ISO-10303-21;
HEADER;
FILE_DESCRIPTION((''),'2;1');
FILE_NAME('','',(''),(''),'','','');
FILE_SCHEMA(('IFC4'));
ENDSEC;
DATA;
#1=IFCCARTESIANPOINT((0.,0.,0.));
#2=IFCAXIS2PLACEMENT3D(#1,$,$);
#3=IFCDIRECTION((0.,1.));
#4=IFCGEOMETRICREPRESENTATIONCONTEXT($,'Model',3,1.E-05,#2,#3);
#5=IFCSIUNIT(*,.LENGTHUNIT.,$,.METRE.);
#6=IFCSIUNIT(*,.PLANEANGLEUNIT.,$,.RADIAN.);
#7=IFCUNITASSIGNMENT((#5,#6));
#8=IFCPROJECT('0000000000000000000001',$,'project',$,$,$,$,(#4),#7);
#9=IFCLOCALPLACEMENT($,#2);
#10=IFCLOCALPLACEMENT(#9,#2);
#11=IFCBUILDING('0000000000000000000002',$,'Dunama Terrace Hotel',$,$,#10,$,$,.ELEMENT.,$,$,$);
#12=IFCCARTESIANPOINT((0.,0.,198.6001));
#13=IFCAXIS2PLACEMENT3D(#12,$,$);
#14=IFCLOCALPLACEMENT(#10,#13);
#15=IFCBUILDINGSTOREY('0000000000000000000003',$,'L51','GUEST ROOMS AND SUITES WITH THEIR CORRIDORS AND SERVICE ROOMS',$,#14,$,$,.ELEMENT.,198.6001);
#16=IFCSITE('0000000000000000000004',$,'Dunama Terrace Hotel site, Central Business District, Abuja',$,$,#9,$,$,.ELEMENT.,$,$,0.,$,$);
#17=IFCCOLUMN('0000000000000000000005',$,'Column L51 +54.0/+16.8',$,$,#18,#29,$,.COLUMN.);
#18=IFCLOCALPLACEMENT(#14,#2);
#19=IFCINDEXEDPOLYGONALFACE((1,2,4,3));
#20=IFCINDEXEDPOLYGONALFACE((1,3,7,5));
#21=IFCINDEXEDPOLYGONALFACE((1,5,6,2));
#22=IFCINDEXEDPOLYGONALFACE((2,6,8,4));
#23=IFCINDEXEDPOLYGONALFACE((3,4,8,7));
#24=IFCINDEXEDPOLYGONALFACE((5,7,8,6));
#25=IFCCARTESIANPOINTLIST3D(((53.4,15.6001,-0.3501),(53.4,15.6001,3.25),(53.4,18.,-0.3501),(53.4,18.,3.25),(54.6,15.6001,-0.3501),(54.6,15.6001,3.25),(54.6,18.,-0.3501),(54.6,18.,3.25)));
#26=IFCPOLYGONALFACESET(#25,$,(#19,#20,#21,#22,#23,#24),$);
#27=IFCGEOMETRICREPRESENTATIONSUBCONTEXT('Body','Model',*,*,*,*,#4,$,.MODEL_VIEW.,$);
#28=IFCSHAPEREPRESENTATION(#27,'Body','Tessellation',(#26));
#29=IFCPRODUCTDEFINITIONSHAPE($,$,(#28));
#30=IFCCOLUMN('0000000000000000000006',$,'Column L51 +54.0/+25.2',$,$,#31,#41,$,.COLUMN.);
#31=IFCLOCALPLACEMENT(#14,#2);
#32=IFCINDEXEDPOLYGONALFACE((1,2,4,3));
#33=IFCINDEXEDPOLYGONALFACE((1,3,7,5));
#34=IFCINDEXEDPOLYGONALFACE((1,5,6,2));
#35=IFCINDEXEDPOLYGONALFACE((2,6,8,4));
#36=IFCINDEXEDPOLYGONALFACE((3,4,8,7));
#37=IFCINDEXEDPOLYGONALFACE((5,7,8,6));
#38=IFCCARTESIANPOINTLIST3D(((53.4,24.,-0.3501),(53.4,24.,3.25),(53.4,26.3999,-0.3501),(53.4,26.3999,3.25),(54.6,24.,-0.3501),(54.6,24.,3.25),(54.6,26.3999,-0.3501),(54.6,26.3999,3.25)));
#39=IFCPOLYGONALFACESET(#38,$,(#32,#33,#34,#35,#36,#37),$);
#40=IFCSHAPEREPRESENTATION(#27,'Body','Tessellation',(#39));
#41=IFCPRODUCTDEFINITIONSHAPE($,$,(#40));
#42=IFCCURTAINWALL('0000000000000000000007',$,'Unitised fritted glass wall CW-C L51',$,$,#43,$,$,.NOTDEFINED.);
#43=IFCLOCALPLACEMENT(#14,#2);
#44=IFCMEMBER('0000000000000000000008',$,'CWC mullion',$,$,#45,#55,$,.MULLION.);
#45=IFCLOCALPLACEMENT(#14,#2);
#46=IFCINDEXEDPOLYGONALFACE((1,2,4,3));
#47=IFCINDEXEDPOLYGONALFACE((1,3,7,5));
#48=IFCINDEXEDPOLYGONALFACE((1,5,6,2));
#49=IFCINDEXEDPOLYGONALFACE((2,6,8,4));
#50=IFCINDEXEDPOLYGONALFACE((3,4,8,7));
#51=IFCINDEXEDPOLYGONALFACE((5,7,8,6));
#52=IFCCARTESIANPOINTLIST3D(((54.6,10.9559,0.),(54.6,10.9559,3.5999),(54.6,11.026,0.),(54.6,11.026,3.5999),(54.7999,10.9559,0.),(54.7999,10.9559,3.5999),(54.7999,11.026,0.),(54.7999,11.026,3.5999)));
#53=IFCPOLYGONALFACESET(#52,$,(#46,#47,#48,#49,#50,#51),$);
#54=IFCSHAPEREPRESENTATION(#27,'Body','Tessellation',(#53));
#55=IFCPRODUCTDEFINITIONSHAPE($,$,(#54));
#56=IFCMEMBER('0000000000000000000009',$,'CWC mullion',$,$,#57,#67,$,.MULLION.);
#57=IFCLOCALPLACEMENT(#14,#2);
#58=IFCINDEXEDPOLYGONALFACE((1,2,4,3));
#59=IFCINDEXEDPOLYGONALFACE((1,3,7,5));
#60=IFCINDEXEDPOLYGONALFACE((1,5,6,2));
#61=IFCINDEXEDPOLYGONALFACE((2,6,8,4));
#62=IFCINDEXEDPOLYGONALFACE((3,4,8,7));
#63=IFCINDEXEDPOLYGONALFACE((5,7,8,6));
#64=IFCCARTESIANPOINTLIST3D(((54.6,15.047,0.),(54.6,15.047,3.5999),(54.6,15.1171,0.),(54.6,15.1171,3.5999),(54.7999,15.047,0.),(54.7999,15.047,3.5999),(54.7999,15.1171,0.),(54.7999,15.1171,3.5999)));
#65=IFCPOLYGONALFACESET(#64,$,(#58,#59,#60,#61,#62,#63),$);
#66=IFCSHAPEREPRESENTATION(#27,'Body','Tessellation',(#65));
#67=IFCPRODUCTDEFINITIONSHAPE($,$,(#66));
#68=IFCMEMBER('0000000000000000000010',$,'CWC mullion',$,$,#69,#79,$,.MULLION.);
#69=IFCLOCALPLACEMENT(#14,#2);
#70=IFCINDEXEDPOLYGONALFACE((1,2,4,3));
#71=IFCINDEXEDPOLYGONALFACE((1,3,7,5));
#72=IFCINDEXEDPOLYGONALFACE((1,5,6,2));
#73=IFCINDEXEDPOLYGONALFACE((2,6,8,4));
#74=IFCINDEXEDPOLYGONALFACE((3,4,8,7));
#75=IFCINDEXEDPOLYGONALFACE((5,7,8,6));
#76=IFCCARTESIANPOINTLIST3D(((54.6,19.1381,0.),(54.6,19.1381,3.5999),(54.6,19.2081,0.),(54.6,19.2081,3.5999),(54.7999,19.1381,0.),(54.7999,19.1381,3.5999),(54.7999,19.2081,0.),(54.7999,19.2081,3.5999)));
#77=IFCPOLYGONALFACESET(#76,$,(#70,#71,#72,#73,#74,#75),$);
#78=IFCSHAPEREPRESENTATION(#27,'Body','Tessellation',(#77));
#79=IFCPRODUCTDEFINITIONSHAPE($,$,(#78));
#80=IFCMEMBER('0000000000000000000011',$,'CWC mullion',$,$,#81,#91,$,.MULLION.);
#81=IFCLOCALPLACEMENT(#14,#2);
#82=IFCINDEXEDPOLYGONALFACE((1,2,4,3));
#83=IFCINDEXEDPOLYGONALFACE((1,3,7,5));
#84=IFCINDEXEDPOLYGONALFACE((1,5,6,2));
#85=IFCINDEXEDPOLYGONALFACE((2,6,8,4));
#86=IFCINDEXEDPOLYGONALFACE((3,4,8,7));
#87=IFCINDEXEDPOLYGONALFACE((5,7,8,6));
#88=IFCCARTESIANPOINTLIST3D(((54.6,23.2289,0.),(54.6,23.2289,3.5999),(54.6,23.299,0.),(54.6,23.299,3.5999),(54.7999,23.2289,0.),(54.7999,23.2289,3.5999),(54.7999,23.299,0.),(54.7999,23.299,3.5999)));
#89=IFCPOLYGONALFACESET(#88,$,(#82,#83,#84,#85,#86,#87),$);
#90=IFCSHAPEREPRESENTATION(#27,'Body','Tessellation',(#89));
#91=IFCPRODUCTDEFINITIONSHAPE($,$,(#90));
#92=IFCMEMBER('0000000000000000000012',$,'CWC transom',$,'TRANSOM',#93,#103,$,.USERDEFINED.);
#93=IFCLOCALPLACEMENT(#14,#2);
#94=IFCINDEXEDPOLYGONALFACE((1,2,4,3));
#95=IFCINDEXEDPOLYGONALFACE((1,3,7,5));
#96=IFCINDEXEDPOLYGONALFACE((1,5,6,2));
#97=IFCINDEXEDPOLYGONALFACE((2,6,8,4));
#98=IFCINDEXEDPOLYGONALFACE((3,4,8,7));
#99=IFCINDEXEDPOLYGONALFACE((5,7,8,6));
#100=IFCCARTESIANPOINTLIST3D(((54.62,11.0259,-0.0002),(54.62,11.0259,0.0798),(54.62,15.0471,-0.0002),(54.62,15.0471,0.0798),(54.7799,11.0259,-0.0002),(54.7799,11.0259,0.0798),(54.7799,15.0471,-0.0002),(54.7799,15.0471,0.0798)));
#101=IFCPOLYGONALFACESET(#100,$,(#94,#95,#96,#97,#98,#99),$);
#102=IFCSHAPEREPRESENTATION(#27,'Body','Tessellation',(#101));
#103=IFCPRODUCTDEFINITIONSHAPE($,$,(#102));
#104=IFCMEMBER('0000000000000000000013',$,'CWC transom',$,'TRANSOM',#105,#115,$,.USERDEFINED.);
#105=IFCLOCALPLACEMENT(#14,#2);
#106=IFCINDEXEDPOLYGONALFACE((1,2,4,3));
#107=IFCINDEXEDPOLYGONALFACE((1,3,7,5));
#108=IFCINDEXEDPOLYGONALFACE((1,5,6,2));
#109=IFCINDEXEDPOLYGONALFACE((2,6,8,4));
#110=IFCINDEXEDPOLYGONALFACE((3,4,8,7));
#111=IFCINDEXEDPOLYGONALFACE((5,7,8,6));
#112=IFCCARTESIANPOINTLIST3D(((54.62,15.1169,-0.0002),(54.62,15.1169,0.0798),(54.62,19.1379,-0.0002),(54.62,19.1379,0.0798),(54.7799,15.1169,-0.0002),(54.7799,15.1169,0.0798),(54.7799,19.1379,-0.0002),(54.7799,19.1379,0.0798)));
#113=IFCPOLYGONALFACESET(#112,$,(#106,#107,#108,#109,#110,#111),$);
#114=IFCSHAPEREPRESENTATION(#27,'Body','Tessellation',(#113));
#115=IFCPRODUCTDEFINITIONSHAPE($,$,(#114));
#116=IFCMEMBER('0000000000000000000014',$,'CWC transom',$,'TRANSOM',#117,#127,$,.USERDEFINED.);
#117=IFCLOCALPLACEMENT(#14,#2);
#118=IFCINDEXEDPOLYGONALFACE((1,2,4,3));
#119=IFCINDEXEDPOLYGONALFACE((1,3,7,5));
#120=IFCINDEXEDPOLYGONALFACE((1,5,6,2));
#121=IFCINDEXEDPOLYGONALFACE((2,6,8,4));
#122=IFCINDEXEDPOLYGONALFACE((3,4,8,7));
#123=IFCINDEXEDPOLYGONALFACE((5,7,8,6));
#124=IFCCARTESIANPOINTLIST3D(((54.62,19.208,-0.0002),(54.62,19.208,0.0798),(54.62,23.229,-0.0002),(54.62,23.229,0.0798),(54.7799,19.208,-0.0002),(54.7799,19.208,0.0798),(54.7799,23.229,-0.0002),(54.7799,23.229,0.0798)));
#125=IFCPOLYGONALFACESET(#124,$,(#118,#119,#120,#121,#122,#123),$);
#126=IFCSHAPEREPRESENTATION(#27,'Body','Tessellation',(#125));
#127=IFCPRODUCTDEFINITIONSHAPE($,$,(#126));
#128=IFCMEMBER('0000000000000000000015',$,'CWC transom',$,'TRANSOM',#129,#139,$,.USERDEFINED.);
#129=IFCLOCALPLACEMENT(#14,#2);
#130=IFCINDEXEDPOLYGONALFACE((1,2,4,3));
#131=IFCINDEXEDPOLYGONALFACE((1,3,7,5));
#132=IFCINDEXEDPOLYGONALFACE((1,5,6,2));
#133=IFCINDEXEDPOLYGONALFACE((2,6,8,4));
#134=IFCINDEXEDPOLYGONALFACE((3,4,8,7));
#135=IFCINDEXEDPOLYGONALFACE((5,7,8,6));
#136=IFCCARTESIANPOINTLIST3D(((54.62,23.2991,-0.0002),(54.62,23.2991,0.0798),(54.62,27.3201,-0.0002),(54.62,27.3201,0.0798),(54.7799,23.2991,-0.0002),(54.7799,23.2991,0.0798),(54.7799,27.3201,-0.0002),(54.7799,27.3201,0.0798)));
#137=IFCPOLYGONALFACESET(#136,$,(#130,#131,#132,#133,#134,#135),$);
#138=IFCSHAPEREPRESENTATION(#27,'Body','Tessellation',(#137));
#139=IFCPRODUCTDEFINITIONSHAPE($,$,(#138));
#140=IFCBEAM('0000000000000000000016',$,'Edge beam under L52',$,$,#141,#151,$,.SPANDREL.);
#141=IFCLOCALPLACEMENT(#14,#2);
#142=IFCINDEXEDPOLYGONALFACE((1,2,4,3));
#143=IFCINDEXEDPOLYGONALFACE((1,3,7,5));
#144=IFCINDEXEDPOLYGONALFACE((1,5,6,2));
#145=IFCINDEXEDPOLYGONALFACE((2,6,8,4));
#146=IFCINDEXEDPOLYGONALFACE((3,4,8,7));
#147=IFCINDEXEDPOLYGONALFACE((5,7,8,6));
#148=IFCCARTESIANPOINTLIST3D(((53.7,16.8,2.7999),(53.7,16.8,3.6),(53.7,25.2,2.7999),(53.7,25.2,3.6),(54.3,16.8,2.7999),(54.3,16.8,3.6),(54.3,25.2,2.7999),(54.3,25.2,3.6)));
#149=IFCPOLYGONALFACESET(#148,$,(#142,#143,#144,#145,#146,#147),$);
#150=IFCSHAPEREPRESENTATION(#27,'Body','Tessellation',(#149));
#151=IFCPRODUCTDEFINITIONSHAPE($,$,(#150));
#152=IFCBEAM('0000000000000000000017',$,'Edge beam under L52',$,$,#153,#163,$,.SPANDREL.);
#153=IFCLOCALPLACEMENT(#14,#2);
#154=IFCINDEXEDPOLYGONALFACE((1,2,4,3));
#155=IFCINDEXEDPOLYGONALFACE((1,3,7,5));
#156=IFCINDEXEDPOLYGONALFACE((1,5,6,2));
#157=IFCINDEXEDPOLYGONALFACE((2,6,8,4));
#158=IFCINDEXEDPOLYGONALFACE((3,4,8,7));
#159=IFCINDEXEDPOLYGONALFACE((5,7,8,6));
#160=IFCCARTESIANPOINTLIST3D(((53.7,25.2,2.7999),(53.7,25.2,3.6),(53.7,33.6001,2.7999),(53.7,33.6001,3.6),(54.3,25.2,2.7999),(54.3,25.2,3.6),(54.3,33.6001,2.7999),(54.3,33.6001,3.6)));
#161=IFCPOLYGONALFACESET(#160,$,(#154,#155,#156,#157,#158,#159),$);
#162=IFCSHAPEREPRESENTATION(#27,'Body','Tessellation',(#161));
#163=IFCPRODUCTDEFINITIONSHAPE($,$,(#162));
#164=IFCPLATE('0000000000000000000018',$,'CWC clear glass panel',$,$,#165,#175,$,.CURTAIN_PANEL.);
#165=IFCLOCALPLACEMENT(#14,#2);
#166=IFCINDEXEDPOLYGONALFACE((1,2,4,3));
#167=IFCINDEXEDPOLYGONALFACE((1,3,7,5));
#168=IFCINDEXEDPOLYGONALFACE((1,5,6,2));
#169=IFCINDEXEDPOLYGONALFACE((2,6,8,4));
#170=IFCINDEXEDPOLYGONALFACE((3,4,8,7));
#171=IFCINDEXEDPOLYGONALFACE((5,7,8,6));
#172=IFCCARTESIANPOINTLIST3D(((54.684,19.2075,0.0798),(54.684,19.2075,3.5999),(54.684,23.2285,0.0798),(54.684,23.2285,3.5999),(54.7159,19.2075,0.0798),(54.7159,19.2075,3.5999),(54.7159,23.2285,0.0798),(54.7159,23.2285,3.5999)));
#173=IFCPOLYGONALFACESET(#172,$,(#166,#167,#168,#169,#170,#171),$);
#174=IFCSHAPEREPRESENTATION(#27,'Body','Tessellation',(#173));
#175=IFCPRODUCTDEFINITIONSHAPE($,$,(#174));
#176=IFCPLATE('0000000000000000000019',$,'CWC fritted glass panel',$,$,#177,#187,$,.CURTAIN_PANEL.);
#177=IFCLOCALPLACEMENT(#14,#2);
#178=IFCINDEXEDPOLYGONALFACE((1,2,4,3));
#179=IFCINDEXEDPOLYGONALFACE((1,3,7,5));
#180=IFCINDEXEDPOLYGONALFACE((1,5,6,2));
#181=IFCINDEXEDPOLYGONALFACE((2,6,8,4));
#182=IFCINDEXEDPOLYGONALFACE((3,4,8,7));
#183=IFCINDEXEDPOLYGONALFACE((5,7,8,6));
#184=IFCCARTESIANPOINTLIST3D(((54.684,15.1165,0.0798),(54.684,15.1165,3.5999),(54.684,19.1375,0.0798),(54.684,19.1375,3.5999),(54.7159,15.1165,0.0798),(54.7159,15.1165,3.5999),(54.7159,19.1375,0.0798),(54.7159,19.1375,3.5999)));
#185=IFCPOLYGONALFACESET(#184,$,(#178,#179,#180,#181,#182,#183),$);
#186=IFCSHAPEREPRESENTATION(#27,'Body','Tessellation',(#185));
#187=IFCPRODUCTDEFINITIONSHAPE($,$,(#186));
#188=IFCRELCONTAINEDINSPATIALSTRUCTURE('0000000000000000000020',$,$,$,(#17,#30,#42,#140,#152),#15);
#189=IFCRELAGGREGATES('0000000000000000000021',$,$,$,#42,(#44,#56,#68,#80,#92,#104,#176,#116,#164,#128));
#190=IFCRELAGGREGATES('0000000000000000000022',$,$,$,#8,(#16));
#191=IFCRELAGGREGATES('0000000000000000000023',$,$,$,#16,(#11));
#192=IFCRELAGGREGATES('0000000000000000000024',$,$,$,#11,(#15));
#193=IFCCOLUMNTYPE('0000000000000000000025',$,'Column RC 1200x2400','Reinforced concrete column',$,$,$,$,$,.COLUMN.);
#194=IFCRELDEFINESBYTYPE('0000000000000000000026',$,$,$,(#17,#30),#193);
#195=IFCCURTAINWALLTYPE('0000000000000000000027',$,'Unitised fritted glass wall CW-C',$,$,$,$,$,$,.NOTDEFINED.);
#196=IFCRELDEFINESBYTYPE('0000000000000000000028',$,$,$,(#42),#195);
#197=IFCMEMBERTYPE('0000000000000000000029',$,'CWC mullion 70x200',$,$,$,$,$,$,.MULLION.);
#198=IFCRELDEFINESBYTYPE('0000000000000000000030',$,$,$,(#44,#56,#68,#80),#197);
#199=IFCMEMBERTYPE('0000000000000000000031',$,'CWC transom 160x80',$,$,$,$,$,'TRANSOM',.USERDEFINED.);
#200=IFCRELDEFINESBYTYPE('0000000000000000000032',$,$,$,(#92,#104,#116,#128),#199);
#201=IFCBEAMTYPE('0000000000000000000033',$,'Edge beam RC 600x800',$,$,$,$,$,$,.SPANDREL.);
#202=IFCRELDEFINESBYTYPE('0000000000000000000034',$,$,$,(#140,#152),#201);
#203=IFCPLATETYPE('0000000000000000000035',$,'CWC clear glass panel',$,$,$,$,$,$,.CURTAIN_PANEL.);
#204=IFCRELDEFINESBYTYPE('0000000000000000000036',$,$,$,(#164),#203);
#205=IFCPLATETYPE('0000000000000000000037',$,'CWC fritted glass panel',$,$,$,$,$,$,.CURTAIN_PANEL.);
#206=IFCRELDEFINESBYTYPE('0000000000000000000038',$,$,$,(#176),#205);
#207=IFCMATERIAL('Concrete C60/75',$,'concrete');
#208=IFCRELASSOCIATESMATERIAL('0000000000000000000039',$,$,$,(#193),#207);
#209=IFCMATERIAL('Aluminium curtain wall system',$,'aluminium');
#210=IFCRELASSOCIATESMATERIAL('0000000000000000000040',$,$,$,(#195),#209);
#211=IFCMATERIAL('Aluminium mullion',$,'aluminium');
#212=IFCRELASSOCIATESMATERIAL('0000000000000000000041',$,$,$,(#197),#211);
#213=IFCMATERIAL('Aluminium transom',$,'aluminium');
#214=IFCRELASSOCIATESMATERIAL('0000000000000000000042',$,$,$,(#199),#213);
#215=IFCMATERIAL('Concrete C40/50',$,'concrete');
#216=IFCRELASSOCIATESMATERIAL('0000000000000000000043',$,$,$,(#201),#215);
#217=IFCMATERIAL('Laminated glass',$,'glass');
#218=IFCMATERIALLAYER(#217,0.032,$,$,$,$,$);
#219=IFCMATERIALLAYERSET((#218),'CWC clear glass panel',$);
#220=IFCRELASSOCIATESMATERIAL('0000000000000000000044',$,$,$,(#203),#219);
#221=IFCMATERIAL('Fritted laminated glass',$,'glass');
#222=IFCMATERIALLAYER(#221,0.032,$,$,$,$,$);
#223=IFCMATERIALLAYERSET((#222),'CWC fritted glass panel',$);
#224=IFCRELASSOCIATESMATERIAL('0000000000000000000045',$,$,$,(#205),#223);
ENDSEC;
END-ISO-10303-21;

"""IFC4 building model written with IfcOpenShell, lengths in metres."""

from ifc_helpers import new_model, si_unit, direction, frame, origin, origin_2d, place, context, subcontext, project, spatial, rectangle, extrude, material, layer, layer_set, material_profile, profile_set, type_object, element, aggregate, save


model = new_model("IFC4")

# Units and contexts
model_context = context("Model", 3, precision=1e-05, world=origin(), true_north=direction((0.0, 1.0)))
body_context = subcontext(model_context, "Body", "Model", "MODEL_VIEW")
ifc_project = project(units=[si_unit("LENGTHUNIT", "METRE"), si_unit("PLANEANGLEUNIT", "RADIAN")], contexts=[model_context])

# Site, building, storey
site_placement = place(None, origin())
site = spatial("IfcSite", under=ifc_project, at=site_placement, Name="Dunama Terrace Hotel site, Central Business District, Abuja", CompositionType="ELEMENT", RefElevation=0.0)
building_placement = place(site_placement, origin())
building = spatial("IfcBuilding", under=site, at=building_placement, Name="Dunama Terrace Hotel", CompositionType="ELEMENT")
storey_placement = place(building_placement, frame((0.0, 0.0, 198.6001)))
storey = spatial("IfcBuildingStorey", under=building, at=storey_placement, Name="L51", Description="GUEST ROOMS AND SUITES WITH THEIR CORRIDORS AND SERVICE ROOMS", CompositionType="ELEMENT", Elevation=198.6001)

# Columns
ifc_material_1 = material(Name="Concrete C60/75", Category="concrete")
ifc_material_profile_1 = material_profile(ifc_material_1, rectangle(XDim=1.2, YDim=2.3999, at=origin_2d()), Name="RC 1200x2400")
ifc_profile_set_1 = profile_set([ifc_material_profile_1], Name="Concrete C60/75")
column_type = type_object("IfcColumnType", Name="Column RC 1200x2400", Description="Reinforced concrete column", PredefinedType="COLUMN", material=ifc_profile_set_1)
for number, where, z_axis, x_axis, name in (
    (1, (54.0, 16.8, -0.3501), (0.0, 0.0, 1.0), (1.0, 0.0, 0.0), "Column L51 +54.0/+16.8"),
    (2, (54.0, 25.2, -0.3501), (0.0, 0.0, 1.0), (1.0, 0.0, 0.0), "Column L51 +54.0/+25.2"),
):
    element("IfcColumn", number, at=place(storey_placement, frame(where, z_axis=z_axis, x_axis=x_axis)), inside=storey, type_object=column_type, Name=name, PredefinedType="COLUMN", context=body_context, shape_type="SweptSolid", body=[
        extrude(rectangle(XDim=1.2, YDim=2.3999, at=origin_2d()), origin(), (0.0, 0.0, 1.0), 3.6001),
    ])

# Curtain wall, members
ifc_material_2 = material(Name="Aluminium curtain wall system", Category="aluminium")
curtain_wall_type = type_object("IfcCurtainWallType", Name="Unitised fritted glass wall CW-C", PredefinedType="NOTDEFINED", material=ifc_material_2)
curtain_wall_placement = place(storey_placement, origin())
curtain_wall = element("IfcCurtainWall", 3, at=curtain_wall_placement, inside=storey, type_object=curtain_wall_type, Name="Unitised fritted glass wall CW-C L51", PredefinedType="NOTDEFINED")
ifc_material_3 = material(Name="Aluminium mullion", Category="aluminium")
ifc_material_profile_2 = material_profile(ifc_material_3, rectangle(XDim=0.0701, YDim=0.2, at=origin_2d()), Name="CWC MULLION 70X200")
ifc_profile_set_2 = profile_set([ifc_material_profile_2], Name="Aluminium mullion")
member_type_1 = type_object("IfcMemberType", Name="CWC mullion 70x200", PredefinedType="MULLION", material=ifc_profile_set_2)
member_1_placement = place(storey_placement, frame((54.7, 10.991, 0.0), z_axis=(0.0, 0.0, 1.0), x_axis=(0.0, 1.0, 0.0)))
member_1 = element("IfcMember", 4, at=member_1_placement, type_object=member_type_1, Name="CWC mullion", PredefinedType="MULLION", context=body_context, shape_type="SweptSolid", body=[
    extrude(rectangle(XDim=0.0701, YDim=0.2, at=origin_2d()), origin(), (0.0, 0.0, 1.0), 3.5999),
])
member_2_placement = place(storey_placement, frame((54.7, 15.082, 0.0), z_axis=(0.0, 0.0, 1.0), x_axis=(0.0, 1.0, 0.0)))
member_2 = element("IfcMember", 5, at=member_2_placement, type_object=member_type_1, Name="CWC mullion", PredefinedType="MULLION", context=body_context, shape_type="SweptSolid", body=[
    extrude(rectangle(XDim=0.0701, YDim=0.2, at=origin_2d()), origin(), (0.0, 0.0, 1.0), 3.5999),
])
member_3_placement = place(storey_placement, frame((54.7, 19.1731, 0.0), z_axis=(0.0, 0.0, 1.0), x_axis=(0.0, 1.0, 0.0)))
member_3 = element("IfcMember", 6, at=member_3_placement, type_object=member_type_1, Name="CWC mullion", PredefinedType="MULLION", context=body_context, shape_type="SweptSolid", body=[
    extrude(rectangle(XDim=0.0701, YDim=0.2, at=origin_2d()), origin(), (0.0, 0.0, 1.0), 3.5999),
])
member_4_placement = place(storey_placement, frame((54.7, 23.2639, 0.0), z_axis=(0.0, 0.0, 1.0), x_axis=(0.0, 1.0, 0.0)))
member_4 = element("IfcMember", 7, at=member_4_placement, type_object=member_type_1, Name="CWC mullion", PredefinedType="MULLION", context=body_context, shape_type="SweptSolid", body=[
    extrude(rectangle(XDim=0.0701, YDim=0.2, at=origin_2d()), origin(), (0.0, 0.0, 1.0), 3.5999),
])
ifc_material_4 = material(Name="Aluminium transom", Category="aluminium")
ifc_material_profile_3 = material_profile(ifc_material_4, rectangle(XDim=0.1599, YDim=0.0801, at=origin_2d()), Name="CWC TRANSOM 160X80")
ifc_profile_set_3 = profile_set([ifc_material_profile_3], Name="Aluminium transom")
member_type_2 = type_object("IfcMemberType", Name="CWC transom 160x80", ElementType="TRANSOM", PredefinedType="USERDEFINED", material=ifc_profile_set_3)
member_5_placement = place(storey_placement, frame((54.7, 11.0259, 0.0398), z_axis=(0.0, 1.0, 0.0), x_axis=(-1.0, 0.0, 0.0)))
member_5 = element("IfcMember", 8, at=member_5_placement, type_object=member_type_2, Name="CWC transom", ObjectType="TRANSOM", PredefinedType="USERDEFINED", context=body_context, shape_type="SweptSolid", body=[
    extrude(rectangle(XDim=0.1599, YDim=0.0801, at=origin_2d()), origin(), (0.0, 0.0, 1.0), 4.0212),
])
member_6_placement = place(storey_placement, frame((54.7, 15.1169, 0.0398), z_axis=(0.0, 1.0, 0.0), x_axis=(-1.0, 0.0, 0.0)))
member_6 = element("IfcMember", 9, at=member_6_placement, type_object=member_type_2, Name="CWC transom", ObjectType="TRANSOM", PredefinedType="USERDEFINED", context=body_context, shape_type="SweptSolid", body=[
    extrude(rectangle(XDim=0.1599, YDim=0.0801, at=origin_2d()), origin(), (0.0, 0.0, 1.0), 4.021),
])
member_7_placement = place(storey_placement, frame((54.7, 19.208, 0.0398), z_axis=(0.0, 1.0, 0.0), x_axis=(-1.0, 0.0, 0.0)))
member_7 = element("IfcMember", 10, at=member_7_placement, type_object=member_type_2, Name="CWC transom", ObjectType="TRANSOM", PredefinedType="USERDEFINED", context=body_context, shape_type="SweptSolid", body=[
    extrude(rectangle(XDim=0.1599, YDim=0.0801, at=origin_2d()), origin(), (0.0, 0.0, 1.0), 4.021),
])
member_8_placement = place(storey_placement, frame((54.7, 23.2991, 0.0398), z_axis=(0.0, 1.0, 0.0), x_axis=(-1.0, 0.0, 0.0)))
member_8 = element("IfcMember", 11, at=member_8_placement, type_object=member_type_2, Name="CWC transom", ObjectType="TRANSOM", PredefinedType="USERDEFINED", context=body_context, shape_type="SweptSolid", body=[
    extrude(rectangle(XDim=0.1599, YDim=0.0801, at=origin_2d()), origin(), (0.0, 0.0, 1.0), 4.021),
])

# Beams
ifc_material_5 = material(Name="Concrete C40/50", Category="concrete")
ifc_material_profile_4 = material_profile(ifc_material_5, rectangle(XDim=0.6001, YDim=0.8, at=origin_2d()), Name="RC 600x800")
ifc_profile_set_4 = profile_set([ifc_material_profile_4], Name="Concrete C40/50")
beam_type = type_object("IfcBeamType", Name="Edge beam RC 600x800", PredefinedType="SPANDREL", material=ifc_profile_set_4)
beam_1_placement = place(storey_placement, frame((54.0, 16.8, 3.2), z_axis=(0.0, 1.0, 0.0), x_axis=(-1.0, 0.0, 0.0)))
element("IfcBeam", 12, at=beam_1_placement, inside=storey, type_object=beam_type, Name="Edge beam under L52", PredefinedType="SPANDREL", context=body_context, shape_type="SweptSolid", body=[
    extrude(rectangle(XDim=0.6001, YDim=0.8, at=origin_2d()), origin(), (0.0, 0.0, 1.0), 8.3999),
])
beam_2_placement = place(storey_placement, frame((54.0, 25.2, 3.2), z_axis=(0.0, 1.0, 0.0), x_axis=(-1.0, 0.0, 0.0)))
element("IfcBeam", 13, at=beam_2_placement, inside=storey, type_object=beam_type, Name="Edge beam under L52", PredefinedType="SPANDREL", context=body_context, shape_type="SweptSolid", body=[
    extrude(rectangle(XDim=0.6001, YDim=0.8, at=origin_2d()), origin(), (0.0, 0.0, 1.0), 8.4001),
])

# Plates
ifc_material_6 = material(Name="Laminated glass", Category="glass")
ifc_layer_1 = layer(ifc_material_6, 0.032)
ifc_layer_set_1 = layer_set([ifc_layer_1], Name="CWC clear glass panel")
plate_type_1 = type_object("IfcPlateType", Name="CWC clear glass panel", PredefinedType="CURTAIN_PANEL", material=ifc_layer_set_1)
plate_1_placement = place(storey_placement, frame((54.7, 21.218, 0.0798), z_axis=(0.0, 0.0, 1.0), x_axis=(0.0, 1.0, 0.0)))
plate_1 = element("IfcPlate", 14, at=plate_1_placement, type_object=plate_type_1, Name="CWC clear glass panel", PredefinedType="CURTAIN_PANEL", context=body_context, shape_type="SweptSolid", body=[
    extrude(rectangle(XDim=4.021, YDim=0.032, at=origin_2d()), origin(), (0.0, 0.0, 1.0), 3.52),
])
ifc_material_7 = material(Name="Fritted laminated glass", Category="glass")
ifc_layer_2 = layer(ifc_material_7, 0.032)
ifc_layer_set_2 = layer_set([ifc_layer_2], Name="CWC fritted glass panel")
plate_type_2 = type_object("IfcPlateType", Name="CWC fritted glass panel", PredefinedType="CURTAIN_PANEL", material=ifc_layer_set_2)
plate_2_placement = place(storey_placement, frame((54.7, 17.127, 0.0798), z_axis=(0.0, 0.0, 1.0), x_axis=(0.0, 1.0, 0.0)))
plate_2 = element("IfcPlate", 15, at=plate_2_placement, type_object=plate_type_2, Name="CWC fritted glass panel", PredefinedType="CURTAIN_PANEL", context=body_context, shape_type="SweptSolid", body=[
    extrude(rectangle(XDim=4.021, YDim=0.032, at=origin_2d()), origin(), (0.0, 0.0, 1.0), 3.52),
])
aggregate(curtain_wall, [member_1, member_2, member_3, member_4, member_5, member_6, plate_2, member_7, plate_1, member_8])

save(model, "model.ifc")
